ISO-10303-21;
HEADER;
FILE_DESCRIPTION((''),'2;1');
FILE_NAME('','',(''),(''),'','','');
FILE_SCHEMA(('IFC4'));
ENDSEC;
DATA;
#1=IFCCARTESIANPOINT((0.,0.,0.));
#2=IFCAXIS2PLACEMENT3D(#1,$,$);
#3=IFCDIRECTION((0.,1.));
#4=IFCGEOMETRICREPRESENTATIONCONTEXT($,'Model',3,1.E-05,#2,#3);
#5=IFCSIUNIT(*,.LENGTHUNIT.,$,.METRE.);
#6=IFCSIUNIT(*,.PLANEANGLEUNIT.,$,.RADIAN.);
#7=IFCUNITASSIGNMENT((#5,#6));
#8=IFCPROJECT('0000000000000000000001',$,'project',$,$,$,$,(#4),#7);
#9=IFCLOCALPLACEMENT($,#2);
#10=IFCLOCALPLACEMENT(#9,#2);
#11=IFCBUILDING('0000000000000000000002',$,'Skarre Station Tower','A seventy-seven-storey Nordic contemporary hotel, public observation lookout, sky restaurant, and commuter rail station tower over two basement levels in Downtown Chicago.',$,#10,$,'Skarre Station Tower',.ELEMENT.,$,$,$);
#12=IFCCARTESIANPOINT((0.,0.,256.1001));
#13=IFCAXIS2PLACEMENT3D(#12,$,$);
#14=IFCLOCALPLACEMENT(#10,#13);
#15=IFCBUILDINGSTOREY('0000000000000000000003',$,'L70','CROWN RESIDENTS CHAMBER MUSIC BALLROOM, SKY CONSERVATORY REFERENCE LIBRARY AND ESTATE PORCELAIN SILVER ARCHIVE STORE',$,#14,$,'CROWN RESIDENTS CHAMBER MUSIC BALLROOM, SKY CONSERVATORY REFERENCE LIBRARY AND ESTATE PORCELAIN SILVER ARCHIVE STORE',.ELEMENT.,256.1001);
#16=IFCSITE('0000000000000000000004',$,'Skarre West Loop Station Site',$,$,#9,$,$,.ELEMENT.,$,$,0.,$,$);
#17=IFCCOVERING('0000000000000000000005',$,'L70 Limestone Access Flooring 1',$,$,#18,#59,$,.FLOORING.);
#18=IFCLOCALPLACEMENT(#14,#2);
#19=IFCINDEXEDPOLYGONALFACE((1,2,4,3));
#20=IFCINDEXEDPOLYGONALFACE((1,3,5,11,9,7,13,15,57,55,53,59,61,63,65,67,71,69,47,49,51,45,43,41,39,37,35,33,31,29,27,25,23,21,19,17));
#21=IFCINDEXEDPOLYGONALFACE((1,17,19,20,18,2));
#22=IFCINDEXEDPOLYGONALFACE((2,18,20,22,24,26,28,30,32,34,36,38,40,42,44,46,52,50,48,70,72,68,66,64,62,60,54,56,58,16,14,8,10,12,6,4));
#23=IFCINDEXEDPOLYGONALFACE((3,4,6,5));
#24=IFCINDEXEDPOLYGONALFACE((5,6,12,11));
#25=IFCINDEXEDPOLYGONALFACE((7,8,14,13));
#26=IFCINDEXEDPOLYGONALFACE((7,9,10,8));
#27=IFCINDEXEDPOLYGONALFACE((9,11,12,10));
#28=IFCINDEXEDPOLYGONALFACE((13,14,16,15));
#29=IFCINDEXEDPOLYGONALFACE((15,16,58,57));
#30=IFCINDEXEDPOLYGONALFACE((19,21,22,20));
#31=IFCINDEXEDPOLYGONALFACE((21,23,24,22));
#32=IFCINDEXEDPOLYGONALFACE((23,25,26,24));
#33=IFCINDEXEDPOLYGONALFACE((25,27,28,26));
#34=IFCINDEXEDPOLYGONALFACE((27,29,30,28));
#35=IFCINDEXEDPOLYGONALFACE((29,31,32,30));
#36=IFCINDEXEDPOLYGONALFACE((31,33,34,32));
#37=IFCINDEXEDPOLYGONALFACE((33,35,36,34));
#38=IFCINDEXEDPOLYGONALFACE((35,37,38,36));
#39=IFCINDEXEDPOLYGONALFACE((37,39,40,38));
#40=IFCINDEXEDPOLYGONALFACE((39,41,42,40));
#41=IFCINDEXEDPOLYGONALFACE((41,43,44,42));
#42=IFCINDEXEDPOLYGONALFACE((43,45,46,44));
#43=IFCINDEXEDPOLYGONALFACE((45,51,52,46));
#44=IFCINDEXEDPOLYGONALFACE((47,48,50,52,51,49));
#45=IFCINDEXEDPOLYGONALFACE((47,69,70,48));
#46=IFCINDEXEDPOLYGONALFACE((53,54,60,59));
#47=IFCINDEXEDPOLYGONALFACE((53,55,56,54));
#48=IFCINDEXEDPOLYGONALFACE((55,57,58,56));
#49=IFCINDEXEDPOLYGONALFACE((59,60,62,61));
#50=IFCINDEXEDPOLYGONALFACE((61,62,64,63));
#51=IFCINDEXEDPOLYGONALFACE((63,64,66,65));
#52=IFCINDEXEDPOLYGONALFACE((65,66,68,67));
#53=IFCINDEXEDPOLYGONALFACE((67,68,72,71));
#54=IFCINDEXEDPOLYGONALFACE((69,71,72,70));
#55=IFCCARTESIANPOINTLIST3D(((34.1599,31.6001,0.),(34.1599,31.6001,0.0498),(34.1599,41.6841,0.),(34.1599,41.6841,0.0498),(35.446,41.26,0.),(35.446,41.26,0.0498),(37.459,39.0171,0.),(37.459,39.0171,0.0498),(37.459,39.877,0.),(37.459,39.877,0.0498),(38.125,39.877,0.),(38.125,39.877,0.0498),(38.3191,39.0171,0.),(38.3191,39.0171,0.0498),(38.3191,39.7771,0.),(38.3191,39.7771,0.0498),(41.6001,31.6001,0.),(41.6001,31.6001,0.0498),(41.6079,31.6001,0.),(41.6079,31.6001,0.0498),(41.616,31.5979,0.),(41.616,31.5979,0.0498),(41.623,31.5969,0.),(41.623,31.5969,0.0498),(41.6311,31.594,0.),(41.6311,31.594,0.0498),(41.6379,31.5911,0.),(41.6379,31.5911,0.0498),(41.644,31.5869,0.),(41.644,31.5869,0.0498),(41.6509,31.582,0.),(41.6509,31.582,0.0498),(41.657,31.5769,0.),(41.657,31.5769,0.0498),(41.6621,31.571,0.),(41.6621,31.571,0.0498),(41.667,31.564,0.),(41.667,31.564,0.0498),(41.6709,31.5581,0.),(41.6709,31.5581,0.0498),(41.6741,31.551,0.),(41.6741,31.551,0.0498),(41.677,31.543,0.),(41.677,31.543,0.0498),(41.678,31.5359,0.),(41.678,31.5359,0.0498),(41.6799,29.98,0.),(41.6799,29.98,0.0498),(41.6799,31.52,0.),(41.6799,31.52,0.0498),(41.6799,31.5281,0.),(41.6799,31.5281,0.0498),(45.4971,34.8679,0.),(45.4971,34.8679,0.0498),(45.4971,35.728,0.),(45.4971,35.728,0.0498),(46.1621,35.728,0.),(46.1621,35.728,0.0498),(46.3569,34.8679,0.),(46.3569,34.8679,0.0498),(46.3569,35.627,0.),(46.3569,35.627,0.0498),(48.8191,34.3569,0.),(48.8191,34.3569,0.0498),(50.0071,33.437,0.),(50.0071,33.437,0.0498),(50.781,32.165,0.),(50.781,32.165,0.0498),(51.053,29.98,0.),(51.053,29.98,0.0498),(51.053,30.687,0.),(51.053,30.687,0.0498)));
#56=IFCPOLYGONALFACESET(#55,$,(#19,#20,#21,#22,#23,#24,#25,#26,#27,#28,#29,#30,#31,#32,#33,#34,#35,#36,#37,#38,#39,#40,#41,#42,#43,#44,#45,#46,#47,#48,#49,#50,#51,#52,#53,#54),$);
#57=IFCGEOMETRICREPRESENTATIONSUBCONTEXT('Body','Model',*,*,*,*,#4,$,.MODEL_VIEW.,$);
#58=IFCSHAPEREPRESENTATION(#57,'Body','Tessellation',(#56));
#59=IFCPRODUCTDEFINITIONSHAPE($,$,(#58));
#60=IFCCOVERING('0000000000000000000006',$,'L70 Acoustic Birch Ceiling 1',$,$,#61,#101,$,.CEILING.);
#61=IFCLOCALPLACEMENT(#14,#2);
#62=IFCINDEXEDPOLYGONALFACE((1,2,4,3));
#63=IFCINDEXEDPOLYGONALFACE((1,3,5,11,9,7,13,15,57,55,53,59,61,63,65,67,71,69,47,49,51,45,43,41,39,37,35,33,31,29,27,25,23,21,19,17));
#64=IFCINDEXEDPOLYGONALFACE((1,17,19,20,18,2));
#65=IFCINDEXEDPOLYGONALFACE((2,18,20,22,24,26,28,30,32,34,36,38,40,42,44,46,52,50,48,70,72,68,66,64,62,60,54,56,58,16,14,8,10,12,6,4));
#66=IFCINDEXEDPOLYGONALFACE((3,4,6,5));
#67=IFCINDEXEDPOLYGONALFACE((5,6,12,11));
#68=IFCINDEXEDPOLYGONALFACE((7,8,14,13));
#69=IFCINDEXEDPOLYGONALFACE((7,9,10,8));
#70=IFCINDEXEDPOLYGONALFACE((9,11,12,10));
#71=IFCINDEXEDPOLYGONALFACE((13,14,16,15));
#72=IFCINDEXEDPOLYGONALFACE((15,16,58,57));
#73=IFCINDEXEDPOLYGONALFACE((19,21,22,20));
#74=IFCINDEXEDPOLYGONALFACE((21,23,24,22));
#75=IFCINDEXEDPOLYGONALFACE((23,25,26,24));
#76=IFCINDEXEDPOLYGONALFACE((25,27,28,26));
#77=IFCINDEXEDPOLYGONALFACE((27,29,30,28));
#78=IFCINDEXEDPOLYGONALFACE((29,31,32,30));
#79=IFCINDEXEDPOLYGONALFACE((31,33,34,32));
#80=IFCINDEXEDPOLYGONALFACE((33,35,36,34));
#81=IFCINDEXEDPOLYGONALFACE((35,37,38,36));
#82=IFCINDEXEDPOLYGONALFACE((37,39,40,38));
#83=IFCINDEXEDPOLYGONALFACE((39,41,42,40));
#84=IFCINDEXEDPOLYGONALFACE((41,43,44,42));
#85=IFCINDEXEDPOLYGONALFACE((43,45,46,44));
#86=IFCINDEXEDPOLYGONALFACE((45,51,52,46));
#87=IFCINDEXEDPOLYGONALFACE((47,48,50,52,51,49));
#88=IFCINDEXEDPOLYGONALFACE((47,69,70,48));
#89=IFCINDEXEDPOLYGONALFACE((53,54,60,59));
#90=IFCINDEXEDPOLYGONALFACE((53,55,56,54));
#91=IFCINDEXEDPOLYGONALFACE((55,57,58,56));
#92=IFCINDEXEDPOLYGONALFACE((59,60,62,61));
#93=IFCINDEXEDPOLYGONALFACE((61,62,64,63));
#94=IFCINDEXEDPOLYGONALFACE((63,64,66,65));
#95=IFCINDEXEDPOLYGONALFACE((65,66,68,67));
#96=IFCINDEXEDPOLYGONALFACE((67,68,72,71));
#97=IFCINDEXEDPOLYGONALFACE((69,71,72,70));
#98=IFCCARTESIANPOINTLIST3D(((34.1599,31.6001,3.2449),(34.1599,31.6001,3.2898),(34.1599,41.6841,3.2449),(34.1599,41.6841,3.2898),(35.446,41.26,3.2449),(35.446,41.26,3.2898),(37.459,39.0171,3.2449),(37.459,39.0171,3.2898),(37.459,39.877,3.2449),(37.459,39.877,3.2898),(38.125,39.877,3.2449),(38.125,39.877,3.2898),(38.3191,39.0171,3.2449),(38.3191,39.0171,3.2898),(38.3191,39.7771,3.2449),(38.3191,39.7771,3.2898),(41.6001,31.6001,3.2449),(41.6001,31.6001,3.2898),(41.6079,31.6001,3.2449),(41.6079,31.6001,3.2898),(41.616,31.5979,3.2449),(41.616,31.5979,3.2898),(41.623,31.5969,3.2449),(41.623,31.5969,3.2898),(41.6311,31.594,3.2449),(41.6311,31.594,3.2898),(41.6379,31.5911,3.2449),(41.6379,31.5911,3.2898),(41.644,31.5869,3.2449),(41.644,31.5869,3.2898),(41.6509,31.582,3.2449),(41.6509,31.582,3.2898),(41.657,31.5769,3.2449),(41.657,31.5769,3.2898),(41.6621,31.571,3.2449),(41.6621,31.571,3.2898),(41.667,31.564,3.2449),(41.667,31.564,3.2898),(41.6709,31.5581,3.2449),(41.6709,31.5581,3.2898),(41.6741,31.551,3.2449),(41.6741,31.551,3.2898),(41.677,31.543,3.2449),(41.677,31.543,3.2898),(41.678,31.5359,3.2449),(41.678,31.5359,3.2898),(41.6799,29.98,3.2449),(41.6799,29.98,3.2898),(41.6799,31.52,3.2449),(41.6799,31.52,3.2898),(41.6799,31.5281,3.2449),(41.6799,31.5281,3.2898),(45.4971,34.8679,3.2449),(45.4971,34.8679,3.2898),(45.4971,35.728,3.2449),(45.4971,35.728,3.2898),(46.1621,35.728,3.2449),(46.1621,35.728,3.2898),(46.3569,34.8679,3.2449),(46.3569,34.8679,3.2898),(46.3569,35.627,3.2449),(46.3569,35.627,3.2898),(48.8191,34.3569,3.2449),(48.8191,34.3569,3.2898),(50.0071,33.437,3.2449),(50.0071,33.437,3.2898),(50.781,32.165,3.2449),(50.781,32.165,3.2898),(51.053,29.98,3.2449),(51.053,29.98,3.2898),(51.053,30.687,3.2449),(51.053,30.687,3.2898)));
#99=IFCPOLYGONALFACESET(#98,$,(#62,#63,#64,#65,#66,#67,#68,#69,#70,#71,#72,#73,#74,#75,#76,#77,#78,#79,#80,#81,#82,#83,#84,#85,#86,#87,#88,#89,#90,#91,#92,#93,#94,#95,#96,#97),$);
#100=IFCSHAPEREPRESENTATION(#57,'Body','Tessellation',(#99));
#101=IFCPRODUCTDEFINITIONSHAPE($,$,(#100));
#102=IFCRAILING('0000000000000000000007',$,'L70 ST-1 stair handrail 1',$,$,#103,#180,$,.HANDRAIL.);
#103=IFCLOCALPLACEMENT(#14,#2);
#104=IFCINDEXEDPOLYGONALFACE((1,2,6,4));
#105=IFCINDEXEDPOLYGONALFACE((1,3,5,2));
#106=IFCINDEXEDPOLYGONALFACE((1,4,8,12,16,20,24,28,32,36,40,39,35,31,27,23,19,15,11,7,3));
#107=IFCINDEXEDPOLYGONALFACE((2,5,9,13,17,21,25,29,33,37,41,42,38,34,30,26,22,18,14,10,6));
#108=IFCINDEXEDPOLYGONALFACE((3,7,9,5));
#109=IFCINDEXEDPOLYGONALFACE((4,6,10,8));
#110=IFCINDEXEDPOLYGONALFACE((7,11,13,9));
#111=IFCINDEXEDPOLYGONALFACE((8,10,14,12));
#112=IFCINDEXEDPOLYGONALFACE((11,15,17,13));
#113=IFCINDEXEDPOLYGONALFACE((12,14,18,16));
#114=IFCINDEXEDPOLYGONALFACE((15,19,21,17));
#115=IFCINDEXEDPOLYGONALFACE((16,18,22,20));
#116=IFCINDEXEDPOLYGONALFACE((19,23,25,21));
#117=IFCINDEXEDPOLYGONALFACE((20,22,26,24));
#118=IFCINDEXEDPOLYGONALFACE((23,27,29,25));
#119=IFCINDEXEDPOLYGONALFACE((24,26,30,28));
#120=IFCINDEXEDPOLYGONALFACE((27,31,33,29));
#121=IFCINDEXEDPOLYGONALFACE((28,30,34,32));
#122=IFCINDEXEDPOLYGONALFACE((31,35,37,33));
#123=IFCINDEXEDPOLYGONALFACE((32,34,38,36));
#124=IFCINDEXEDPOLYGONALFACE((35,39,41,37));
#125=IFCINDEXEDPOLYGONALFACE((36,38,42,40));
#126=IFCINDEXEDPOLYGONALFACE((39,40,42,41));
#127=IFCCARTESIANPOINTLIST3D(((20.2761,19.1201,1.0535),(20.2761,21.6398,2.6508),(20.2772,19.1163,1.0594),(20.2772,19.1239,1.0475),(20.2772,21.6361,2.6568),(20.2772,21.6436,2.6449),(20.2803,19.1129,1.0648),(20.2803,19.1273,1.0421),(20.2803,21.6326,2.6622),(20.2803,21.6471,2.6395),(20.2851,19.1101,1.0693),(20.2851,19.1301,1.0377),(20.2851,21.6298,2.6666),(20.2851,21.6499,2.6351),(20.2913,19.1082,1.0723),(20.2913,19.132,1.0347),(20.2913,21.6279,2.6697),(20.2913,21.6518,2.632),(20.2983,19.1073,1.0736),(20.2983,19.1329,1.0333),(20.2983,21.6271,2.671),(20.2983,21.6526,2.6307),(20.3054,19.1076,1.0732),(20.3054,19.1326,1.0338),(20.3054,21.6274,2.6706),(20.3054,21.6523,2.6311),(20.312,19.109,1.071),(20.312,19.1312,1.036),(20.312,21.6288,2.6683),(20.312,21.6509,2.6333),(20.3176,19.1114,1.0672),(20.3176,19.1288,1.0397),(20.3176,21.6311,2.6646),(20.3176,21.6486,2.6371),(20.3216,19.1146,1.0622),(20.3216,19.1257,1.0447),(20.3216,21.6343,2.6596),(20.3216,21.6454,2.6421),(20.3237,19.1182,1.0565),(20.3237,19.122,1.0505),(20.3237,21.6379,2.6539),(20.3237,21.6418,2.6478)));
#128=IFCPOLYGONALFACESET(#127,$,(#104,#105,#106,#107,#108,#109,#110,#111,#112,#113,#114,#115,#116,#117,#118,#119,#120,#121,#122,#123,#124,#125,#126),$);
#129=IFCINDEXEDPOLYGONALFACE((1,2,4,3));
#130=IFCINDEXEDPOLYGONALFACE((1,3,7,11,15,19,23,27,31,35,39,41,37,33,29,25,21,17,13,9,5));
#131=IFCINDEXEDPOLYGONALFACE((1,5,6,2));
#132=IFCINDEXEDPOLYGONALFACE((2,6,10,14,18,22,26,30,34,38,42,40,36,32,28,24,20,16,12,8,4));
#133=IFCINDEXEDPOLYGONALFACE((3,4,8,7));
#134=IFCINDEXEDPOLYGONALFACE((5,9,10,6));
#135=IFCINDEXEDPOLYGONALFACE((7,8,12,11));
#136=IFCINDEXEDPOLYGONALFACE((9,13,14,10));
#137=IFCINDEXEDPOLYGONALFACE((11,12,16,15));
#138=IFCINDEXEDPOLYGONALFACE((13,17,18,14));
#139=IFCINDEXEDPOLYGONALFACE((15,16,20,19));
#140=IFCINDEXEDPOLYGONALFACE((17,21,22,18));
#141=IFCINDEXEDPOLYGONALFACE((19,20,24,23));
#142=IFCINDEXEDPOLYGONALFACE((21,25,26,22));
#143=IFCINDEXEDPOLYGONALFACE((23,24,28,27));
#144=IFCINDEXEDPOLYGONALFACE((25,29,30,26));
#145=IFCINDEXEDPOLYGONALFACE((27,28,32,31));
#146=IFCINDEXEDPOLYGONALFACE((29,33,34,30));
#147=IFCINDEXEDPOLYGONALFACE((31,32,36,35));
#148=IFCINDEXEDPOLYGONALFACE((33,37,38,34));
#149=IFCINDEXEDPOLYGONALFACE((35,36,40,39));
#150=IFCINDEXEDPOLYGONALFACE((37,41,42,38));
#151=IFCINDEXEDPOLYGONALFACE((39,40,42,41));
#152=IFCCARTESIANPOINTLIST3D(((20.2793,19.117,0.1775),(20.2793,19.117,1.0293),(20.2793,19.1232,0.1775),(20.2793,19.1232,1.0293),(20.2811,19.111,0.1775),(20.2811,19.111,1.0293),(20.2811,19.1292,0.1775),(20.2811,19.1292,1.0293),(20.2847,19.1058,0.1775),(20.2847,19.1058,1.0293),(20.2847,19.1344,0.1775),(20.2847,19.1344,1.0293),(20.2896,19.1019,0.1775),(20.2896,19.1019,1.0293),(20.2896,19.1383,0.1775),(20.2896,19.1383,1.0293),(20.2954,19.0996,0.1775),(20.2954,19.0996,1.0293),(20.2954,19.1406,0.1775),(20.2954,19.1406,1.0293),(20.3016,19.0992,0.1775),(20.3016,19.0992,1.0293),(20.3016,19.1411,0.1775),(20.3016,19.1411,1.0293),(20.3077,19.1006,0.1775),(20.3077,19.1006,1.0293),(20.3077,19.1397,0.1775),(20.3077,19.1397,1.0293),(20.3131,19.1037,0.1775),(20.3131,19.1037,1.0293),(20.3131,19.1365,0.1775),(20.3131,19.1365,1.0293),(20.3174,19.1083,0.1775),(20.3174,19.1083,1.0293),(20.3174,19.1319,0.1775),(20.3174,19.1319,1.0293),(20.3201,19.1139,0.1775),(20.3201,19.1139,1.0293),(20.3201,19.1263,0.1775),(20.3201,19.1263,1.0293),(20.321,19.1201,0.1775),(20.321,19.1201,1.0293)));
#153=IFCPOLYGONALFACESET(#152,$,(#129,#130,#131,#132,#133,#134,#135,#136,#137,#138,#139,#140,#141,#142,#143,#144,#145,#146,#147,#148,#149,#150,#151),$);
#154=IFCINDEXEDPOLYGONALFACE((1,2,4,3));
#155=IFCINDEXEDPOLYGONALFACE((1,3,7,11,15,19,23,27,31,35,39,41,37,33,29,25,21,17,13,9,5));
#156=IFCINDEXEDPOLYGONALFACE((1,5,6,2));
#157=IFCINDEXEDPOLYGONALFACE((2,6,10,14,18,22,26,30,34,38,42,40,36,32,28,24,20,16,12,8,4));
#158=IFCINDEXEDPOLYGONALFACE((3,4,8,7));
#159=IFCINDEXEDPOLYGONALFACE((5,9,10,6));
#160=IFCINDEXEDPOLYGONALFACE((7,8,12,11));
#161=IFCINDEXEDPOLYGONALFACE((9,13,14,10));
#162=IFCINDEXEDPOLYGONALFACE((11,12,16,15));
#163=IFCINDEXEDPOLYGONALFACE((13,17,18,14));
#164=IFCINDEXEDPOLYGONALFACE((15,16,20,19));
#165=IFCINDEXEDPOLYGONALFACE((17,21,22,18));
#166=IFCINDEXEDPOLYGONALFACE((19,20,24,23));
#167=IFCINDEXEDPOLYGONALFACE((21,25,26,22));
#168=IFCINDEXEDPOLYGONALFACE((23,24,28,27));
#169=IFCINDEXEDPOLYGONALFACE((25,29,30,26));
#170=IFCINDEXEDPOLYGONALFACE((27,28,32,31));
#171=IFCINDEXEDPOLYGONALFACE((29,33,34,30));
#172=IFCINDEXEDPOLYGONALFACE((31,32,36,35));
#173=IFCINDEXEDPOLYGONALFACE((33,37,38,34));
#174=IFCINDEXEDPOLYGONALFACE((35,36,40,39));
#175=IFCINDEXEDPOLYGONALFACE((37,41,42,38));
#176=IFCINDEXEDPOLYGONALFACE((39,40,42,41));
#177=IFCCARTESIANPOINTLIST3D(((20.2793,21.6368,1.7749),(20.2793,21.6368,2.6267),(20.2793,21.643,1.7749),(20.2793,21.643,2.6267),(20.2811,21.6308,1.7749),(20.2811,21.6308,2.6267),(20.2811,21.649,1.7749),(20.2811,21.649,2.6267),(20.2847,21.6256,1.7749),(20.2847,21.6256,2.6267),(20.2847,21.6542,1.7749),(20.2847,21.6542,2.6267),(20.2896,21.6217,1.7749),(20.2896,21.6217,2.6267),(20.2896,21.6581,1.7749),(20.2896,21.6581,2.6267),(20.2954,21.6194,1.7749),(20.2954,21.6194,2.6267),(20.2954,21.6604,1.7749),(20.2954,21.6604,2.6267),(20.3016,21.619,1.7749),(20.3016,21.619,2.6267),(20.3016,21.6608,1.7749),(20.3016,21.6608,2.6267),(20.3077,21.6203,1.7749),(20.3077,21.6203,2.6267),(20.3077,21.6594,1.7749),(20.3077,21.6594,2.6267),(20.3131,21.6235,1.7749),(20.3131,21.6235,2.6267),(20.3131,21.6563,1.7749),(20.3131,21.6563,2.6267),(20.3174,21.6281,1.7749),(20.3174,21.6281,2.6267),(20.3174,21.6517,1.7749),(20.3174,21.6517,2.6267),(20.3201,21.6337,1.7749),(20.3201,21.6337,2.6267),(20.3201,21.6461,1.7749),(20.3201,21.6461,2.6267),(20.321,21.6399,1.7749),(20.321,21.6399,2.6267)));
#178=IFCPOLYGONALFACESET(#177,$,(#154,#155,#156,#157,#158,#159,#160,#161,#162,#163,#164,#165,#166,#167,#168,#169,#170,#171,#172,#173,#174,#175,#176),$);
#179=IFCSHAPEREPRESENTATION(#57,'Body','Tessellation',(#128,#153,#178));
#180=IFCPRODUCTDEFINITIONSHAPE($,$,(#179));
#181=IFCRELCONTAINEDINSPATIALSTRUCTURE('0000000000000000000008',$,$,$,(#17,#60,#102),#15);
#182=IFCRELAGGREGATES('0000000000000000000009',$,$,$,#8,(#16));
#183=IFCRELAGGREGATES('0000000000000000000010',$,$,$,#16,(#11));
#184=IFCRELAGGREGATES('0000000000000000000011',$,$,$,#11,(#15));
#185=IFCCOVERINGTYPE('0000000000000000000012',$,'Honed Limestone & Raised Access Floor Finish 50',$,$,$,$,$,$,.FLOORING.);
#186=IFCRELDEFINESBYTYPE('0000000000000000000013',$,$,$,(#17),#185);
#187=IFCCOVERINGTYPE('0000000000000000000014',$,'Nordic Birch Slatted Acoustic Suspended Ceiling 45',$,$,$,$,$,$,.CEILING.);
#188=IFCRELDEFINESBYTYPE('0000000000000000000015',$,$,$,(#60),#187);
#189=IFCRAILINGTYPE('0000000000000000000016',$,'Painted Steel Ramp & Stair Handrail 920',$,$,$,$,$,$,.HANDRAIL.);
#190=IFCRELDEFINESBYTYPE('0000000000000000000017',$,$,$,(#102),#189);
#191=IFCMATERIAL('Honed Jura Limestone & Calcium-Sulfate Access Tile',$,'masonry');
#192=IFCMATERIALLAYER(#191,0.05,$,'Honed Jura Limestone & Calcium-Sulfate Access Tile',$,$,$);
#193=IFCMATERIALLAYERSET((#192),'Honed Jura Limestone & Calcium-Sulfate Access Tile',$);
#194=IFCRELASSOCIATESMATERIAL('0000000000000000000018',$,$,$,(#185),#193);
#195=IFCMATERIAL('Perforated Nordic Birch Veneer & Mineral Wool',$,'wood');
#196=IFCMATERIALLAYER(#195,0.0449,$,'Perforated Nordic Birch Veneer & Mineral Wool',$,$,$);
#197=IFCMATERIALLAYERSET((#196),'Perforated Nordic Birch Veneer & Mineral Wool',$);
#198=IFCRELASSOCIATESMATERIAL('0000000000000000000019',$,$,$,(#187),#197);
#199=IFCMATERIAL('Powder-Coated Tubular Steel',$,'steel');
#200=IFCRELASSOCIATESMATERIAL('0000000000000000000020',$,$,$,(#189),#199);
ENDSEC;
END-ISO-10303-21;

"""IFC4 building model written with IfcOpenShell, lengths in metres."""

from ifc_helpers import new_model, si_unit, direction, frame, origin, origin_2d, place, context, subcontext, project, spatial, polyline, circle, outline, extrude, material, layer, layer_set, type_object, element, save


model = new_model("IFC4")

# Units and contexts
model_context = context("Model", 3, precision=1e-05, world=origin(), true_north=direction((0.0, 1.0)))
body_context = subcontext(model_context, "Body", "Model", "MODEL_VIEW")
ifc_project = project(units=[si_unit("LENGTHUNIT", "METRE"), si_unit("PLANEANGLEUNIT", "RADIAN")], contexts=[model_context])

# Site, building, storey
site_placement = place(None, origin())
site = spatial("IfcSite", under=ifc_project, at=site_placement, Name="Skarre West Loop Station Site", CompositionType="ELEMENT", RefElevation=0.0)
building_placement = place(site_placement, origin())
building = spatial("IfcBuilding", under=site, at=building_placement, Name="Skarre Station Tower", Description="A seventy-seven-storey Nordic contemporary hotel, public observation lookout, sky restaurant, and commuter rail station tower over two basement levels in Downtown Chicago.", LongName="Skarre Station Tower", CompositionType="ELEMENT")
storey_placement = place(building_placement, frame((0.0, 0.0, 256.1001)))
storey = spatial("IfcBuildingStorey", under=building, at=storey_placement, Name="L70", Description="CROWN RESIDENTS CHAMBER MUSIC BALLROOM, SKY CONSERVATORY REFERENCE LIBRARY AND ESTATE PORCELAIN SILVER ARCHIVE STORE", LongName="CROWN RESIDENTS CHAMBER MUSIC BALLROOM, SKY CONSERVATORY REFERENCE LIBRARY AND ESTATE PORCELAIN SILVER ARCHIVE STORE", CompositionType="ELEMENT", Elevation=256.1001)

# Coverings
ifc_material_1 = material(Name="Honed Jura Limestone & Calcium-Sulfate Access Tile", Category="masonry")
ifc_layer_1 = layer(ifc_material_1, 0.05, Name="Honed Jura Limestone & Calcium-Sulfate Access Tile")
ifc_layer_set_1 = layer_set([ifc_layer_1], Name="Honed Jura Limestone & Calcium-Sulfate Access Tile")
covering_type_1 = type_object("IfcCoveringType", Name="Honed Limestone & Raised Access Floor Finish 50", PredefinedType="FLOORING", material=ifc_layer_set_1)
covering_1_placement = place(storey_placement, origin())
element("IfcCovering", 1, at=covering_1_placement, inside=storey, type_object=covering_type_1, Name="L70 Limestone Access Flooring 1", PredefinedType="FLOORING", context=body_context, shape_type="SweptSolid", body=[
    extrude(outline(polyline([(41.6799, 31.5281), (41.6799, 31.52), (41.6799, 29.98), (51.053, 29.98), (51.053, 30.687), (50.781, 32.165), (50.0071, 33.437), (48.8191, 34.3569), (46.3569, 35.627), (46.3569, 34.8679), (45.4971, 34.8679), (45.4971, 35.728), (46.1621, 35.728), (38.3191, 39.7771), (38.3191, 39.0171), (37.459, 39.0171), (37.459, 39.877), (38.125, 39.877), (35.446, 41.26), (34.1599, 41.6841), (34.1599, 31.6001), (41.6001, 31.6001), (41.6079, 31.6001), (41.616, 31.5979), (41.623, 31.5969), (41.6311, 31.594), (41.6379, 31.5911), (41.644, 31.5869), (41.6509, 31.582), (41.657, 31.5769), (41.6621, 31.571), (41.667, 31.564), (41.6709, 31.5581), (41.6741, 31.551), (41.677, 31.543), (41.678, 31.5359), (41.6799, 31.5281)])), origin(), (0.0, 0.0, 1.0), 0.0498),
])
ifc_material_2 = material(Name="Perforated Nordic Birch Veneer & Mineral Wool", Category="wood")
ifc_layer_2 = layer(ifc_material_2, 0.0449, Name="Perforated Nordic Birch Veneer & Mineral Wool")
ifc_layer_set_2 = layer_set([ifc_layer_2], Name="Perforated Nordic Birch Veneer & Mineral Wool")
covering_type_2 = type_object("IfcCoveringType", Name="Nordic Birch Slatted Acoustic Suspended Ceiling 45", PredefinedType="CEILING", material=ifc_layer_set_2)
covering_2_placement = place(storey_placement, frame((0.0, 0.0, 3.2449)))
element("IfcCovering", 2, at=covering_2_placement, inside=storey, type_object=covering_type_2, Name="L70 Acoustic Birch Ceiling 1", PredefinedType="CEILING", context=body_context, shape_type="SweptSolid", body=[
    extrude(outline(polyline([(41.6799, 31.5281), (41.6799, 31.52), (41.6799, 29.98), (51.053, 29.98), (51.053, 30.687), (50.781, 32.165), (50.0071, 33.437), (48.8191, 34.3569), (46.3569, 35.627), (46.3569, 34.8679), (45.4971, 34.8679), (45.4971, 35.728), (46.1621, 35.728), (38.3191, 39.7771), (38.3191, 39.0171), (37.459, 39.0171), (37.459, 39.877), (38.125, 39.877), (35.446, 41.26), (34.1599, 41.6841), (34.1599, 31.6001), (41.6001, 31.6001), (41.6079, 31.6001), (41.616, 31.5979), (41.623, 31.5969), (41.6311, 31.594), (41.6379, 31.5911), (41.644, 31.5869), (41.6509, 31.582), (41.657, 31.5769), (41.6621, 31.571), (41.667, 31.564), (41.6709, 31.5581), (41.6741, 31.551), (41.677, 31.543), (41.678, 31.5359), (41.6799, 31.5281)])), origin(), (0.0, 0.0, 1.0), 0.0449),
])

# Railing
ifc_material_3 = material(Name="Powder-Coated Tubular Steel", Category="steel")
railing_type_1 = type_object("IfcRailingType", Name="Painted Steel Ramp & Stair Handrail 920", PredefinedType="HANDRAIL", material=ifc_material_3)
railing_1_placement = place(storey_placement, frame((20.3, 19.1201, 0.1775)))
element("IfcRailing", 3, at=railing_1_placement, inside=storey, type_object=railing_type_1, Name="L70 ST-1 stair handrail 1", PredefinedType="HANDRAIL", context=body_context, shape_type="SweptSolid", body=[
    extrude(circle(Radius=0.0239, at=origin_2d()), frame((0.0, 0.0, 0.876), z_axis=(0.0, 0.844583, 0.535424), x_axis=(-1.0, 0.0, 0.0)), (0.0, 0.0, 1.0), 2.9834),
    extrude(circle(Radius=0.021, at=origin_2d()), origin(), (0.0, 0.0, 1.0), 0.8518),
    extrude(circle(Radius=0.021, at=origin_2d()), frame((0.0, 2.5198, 1.5974)), (0.0, 0.0, 1.0), 0.8518),
])

save(model, "model.ifc")
